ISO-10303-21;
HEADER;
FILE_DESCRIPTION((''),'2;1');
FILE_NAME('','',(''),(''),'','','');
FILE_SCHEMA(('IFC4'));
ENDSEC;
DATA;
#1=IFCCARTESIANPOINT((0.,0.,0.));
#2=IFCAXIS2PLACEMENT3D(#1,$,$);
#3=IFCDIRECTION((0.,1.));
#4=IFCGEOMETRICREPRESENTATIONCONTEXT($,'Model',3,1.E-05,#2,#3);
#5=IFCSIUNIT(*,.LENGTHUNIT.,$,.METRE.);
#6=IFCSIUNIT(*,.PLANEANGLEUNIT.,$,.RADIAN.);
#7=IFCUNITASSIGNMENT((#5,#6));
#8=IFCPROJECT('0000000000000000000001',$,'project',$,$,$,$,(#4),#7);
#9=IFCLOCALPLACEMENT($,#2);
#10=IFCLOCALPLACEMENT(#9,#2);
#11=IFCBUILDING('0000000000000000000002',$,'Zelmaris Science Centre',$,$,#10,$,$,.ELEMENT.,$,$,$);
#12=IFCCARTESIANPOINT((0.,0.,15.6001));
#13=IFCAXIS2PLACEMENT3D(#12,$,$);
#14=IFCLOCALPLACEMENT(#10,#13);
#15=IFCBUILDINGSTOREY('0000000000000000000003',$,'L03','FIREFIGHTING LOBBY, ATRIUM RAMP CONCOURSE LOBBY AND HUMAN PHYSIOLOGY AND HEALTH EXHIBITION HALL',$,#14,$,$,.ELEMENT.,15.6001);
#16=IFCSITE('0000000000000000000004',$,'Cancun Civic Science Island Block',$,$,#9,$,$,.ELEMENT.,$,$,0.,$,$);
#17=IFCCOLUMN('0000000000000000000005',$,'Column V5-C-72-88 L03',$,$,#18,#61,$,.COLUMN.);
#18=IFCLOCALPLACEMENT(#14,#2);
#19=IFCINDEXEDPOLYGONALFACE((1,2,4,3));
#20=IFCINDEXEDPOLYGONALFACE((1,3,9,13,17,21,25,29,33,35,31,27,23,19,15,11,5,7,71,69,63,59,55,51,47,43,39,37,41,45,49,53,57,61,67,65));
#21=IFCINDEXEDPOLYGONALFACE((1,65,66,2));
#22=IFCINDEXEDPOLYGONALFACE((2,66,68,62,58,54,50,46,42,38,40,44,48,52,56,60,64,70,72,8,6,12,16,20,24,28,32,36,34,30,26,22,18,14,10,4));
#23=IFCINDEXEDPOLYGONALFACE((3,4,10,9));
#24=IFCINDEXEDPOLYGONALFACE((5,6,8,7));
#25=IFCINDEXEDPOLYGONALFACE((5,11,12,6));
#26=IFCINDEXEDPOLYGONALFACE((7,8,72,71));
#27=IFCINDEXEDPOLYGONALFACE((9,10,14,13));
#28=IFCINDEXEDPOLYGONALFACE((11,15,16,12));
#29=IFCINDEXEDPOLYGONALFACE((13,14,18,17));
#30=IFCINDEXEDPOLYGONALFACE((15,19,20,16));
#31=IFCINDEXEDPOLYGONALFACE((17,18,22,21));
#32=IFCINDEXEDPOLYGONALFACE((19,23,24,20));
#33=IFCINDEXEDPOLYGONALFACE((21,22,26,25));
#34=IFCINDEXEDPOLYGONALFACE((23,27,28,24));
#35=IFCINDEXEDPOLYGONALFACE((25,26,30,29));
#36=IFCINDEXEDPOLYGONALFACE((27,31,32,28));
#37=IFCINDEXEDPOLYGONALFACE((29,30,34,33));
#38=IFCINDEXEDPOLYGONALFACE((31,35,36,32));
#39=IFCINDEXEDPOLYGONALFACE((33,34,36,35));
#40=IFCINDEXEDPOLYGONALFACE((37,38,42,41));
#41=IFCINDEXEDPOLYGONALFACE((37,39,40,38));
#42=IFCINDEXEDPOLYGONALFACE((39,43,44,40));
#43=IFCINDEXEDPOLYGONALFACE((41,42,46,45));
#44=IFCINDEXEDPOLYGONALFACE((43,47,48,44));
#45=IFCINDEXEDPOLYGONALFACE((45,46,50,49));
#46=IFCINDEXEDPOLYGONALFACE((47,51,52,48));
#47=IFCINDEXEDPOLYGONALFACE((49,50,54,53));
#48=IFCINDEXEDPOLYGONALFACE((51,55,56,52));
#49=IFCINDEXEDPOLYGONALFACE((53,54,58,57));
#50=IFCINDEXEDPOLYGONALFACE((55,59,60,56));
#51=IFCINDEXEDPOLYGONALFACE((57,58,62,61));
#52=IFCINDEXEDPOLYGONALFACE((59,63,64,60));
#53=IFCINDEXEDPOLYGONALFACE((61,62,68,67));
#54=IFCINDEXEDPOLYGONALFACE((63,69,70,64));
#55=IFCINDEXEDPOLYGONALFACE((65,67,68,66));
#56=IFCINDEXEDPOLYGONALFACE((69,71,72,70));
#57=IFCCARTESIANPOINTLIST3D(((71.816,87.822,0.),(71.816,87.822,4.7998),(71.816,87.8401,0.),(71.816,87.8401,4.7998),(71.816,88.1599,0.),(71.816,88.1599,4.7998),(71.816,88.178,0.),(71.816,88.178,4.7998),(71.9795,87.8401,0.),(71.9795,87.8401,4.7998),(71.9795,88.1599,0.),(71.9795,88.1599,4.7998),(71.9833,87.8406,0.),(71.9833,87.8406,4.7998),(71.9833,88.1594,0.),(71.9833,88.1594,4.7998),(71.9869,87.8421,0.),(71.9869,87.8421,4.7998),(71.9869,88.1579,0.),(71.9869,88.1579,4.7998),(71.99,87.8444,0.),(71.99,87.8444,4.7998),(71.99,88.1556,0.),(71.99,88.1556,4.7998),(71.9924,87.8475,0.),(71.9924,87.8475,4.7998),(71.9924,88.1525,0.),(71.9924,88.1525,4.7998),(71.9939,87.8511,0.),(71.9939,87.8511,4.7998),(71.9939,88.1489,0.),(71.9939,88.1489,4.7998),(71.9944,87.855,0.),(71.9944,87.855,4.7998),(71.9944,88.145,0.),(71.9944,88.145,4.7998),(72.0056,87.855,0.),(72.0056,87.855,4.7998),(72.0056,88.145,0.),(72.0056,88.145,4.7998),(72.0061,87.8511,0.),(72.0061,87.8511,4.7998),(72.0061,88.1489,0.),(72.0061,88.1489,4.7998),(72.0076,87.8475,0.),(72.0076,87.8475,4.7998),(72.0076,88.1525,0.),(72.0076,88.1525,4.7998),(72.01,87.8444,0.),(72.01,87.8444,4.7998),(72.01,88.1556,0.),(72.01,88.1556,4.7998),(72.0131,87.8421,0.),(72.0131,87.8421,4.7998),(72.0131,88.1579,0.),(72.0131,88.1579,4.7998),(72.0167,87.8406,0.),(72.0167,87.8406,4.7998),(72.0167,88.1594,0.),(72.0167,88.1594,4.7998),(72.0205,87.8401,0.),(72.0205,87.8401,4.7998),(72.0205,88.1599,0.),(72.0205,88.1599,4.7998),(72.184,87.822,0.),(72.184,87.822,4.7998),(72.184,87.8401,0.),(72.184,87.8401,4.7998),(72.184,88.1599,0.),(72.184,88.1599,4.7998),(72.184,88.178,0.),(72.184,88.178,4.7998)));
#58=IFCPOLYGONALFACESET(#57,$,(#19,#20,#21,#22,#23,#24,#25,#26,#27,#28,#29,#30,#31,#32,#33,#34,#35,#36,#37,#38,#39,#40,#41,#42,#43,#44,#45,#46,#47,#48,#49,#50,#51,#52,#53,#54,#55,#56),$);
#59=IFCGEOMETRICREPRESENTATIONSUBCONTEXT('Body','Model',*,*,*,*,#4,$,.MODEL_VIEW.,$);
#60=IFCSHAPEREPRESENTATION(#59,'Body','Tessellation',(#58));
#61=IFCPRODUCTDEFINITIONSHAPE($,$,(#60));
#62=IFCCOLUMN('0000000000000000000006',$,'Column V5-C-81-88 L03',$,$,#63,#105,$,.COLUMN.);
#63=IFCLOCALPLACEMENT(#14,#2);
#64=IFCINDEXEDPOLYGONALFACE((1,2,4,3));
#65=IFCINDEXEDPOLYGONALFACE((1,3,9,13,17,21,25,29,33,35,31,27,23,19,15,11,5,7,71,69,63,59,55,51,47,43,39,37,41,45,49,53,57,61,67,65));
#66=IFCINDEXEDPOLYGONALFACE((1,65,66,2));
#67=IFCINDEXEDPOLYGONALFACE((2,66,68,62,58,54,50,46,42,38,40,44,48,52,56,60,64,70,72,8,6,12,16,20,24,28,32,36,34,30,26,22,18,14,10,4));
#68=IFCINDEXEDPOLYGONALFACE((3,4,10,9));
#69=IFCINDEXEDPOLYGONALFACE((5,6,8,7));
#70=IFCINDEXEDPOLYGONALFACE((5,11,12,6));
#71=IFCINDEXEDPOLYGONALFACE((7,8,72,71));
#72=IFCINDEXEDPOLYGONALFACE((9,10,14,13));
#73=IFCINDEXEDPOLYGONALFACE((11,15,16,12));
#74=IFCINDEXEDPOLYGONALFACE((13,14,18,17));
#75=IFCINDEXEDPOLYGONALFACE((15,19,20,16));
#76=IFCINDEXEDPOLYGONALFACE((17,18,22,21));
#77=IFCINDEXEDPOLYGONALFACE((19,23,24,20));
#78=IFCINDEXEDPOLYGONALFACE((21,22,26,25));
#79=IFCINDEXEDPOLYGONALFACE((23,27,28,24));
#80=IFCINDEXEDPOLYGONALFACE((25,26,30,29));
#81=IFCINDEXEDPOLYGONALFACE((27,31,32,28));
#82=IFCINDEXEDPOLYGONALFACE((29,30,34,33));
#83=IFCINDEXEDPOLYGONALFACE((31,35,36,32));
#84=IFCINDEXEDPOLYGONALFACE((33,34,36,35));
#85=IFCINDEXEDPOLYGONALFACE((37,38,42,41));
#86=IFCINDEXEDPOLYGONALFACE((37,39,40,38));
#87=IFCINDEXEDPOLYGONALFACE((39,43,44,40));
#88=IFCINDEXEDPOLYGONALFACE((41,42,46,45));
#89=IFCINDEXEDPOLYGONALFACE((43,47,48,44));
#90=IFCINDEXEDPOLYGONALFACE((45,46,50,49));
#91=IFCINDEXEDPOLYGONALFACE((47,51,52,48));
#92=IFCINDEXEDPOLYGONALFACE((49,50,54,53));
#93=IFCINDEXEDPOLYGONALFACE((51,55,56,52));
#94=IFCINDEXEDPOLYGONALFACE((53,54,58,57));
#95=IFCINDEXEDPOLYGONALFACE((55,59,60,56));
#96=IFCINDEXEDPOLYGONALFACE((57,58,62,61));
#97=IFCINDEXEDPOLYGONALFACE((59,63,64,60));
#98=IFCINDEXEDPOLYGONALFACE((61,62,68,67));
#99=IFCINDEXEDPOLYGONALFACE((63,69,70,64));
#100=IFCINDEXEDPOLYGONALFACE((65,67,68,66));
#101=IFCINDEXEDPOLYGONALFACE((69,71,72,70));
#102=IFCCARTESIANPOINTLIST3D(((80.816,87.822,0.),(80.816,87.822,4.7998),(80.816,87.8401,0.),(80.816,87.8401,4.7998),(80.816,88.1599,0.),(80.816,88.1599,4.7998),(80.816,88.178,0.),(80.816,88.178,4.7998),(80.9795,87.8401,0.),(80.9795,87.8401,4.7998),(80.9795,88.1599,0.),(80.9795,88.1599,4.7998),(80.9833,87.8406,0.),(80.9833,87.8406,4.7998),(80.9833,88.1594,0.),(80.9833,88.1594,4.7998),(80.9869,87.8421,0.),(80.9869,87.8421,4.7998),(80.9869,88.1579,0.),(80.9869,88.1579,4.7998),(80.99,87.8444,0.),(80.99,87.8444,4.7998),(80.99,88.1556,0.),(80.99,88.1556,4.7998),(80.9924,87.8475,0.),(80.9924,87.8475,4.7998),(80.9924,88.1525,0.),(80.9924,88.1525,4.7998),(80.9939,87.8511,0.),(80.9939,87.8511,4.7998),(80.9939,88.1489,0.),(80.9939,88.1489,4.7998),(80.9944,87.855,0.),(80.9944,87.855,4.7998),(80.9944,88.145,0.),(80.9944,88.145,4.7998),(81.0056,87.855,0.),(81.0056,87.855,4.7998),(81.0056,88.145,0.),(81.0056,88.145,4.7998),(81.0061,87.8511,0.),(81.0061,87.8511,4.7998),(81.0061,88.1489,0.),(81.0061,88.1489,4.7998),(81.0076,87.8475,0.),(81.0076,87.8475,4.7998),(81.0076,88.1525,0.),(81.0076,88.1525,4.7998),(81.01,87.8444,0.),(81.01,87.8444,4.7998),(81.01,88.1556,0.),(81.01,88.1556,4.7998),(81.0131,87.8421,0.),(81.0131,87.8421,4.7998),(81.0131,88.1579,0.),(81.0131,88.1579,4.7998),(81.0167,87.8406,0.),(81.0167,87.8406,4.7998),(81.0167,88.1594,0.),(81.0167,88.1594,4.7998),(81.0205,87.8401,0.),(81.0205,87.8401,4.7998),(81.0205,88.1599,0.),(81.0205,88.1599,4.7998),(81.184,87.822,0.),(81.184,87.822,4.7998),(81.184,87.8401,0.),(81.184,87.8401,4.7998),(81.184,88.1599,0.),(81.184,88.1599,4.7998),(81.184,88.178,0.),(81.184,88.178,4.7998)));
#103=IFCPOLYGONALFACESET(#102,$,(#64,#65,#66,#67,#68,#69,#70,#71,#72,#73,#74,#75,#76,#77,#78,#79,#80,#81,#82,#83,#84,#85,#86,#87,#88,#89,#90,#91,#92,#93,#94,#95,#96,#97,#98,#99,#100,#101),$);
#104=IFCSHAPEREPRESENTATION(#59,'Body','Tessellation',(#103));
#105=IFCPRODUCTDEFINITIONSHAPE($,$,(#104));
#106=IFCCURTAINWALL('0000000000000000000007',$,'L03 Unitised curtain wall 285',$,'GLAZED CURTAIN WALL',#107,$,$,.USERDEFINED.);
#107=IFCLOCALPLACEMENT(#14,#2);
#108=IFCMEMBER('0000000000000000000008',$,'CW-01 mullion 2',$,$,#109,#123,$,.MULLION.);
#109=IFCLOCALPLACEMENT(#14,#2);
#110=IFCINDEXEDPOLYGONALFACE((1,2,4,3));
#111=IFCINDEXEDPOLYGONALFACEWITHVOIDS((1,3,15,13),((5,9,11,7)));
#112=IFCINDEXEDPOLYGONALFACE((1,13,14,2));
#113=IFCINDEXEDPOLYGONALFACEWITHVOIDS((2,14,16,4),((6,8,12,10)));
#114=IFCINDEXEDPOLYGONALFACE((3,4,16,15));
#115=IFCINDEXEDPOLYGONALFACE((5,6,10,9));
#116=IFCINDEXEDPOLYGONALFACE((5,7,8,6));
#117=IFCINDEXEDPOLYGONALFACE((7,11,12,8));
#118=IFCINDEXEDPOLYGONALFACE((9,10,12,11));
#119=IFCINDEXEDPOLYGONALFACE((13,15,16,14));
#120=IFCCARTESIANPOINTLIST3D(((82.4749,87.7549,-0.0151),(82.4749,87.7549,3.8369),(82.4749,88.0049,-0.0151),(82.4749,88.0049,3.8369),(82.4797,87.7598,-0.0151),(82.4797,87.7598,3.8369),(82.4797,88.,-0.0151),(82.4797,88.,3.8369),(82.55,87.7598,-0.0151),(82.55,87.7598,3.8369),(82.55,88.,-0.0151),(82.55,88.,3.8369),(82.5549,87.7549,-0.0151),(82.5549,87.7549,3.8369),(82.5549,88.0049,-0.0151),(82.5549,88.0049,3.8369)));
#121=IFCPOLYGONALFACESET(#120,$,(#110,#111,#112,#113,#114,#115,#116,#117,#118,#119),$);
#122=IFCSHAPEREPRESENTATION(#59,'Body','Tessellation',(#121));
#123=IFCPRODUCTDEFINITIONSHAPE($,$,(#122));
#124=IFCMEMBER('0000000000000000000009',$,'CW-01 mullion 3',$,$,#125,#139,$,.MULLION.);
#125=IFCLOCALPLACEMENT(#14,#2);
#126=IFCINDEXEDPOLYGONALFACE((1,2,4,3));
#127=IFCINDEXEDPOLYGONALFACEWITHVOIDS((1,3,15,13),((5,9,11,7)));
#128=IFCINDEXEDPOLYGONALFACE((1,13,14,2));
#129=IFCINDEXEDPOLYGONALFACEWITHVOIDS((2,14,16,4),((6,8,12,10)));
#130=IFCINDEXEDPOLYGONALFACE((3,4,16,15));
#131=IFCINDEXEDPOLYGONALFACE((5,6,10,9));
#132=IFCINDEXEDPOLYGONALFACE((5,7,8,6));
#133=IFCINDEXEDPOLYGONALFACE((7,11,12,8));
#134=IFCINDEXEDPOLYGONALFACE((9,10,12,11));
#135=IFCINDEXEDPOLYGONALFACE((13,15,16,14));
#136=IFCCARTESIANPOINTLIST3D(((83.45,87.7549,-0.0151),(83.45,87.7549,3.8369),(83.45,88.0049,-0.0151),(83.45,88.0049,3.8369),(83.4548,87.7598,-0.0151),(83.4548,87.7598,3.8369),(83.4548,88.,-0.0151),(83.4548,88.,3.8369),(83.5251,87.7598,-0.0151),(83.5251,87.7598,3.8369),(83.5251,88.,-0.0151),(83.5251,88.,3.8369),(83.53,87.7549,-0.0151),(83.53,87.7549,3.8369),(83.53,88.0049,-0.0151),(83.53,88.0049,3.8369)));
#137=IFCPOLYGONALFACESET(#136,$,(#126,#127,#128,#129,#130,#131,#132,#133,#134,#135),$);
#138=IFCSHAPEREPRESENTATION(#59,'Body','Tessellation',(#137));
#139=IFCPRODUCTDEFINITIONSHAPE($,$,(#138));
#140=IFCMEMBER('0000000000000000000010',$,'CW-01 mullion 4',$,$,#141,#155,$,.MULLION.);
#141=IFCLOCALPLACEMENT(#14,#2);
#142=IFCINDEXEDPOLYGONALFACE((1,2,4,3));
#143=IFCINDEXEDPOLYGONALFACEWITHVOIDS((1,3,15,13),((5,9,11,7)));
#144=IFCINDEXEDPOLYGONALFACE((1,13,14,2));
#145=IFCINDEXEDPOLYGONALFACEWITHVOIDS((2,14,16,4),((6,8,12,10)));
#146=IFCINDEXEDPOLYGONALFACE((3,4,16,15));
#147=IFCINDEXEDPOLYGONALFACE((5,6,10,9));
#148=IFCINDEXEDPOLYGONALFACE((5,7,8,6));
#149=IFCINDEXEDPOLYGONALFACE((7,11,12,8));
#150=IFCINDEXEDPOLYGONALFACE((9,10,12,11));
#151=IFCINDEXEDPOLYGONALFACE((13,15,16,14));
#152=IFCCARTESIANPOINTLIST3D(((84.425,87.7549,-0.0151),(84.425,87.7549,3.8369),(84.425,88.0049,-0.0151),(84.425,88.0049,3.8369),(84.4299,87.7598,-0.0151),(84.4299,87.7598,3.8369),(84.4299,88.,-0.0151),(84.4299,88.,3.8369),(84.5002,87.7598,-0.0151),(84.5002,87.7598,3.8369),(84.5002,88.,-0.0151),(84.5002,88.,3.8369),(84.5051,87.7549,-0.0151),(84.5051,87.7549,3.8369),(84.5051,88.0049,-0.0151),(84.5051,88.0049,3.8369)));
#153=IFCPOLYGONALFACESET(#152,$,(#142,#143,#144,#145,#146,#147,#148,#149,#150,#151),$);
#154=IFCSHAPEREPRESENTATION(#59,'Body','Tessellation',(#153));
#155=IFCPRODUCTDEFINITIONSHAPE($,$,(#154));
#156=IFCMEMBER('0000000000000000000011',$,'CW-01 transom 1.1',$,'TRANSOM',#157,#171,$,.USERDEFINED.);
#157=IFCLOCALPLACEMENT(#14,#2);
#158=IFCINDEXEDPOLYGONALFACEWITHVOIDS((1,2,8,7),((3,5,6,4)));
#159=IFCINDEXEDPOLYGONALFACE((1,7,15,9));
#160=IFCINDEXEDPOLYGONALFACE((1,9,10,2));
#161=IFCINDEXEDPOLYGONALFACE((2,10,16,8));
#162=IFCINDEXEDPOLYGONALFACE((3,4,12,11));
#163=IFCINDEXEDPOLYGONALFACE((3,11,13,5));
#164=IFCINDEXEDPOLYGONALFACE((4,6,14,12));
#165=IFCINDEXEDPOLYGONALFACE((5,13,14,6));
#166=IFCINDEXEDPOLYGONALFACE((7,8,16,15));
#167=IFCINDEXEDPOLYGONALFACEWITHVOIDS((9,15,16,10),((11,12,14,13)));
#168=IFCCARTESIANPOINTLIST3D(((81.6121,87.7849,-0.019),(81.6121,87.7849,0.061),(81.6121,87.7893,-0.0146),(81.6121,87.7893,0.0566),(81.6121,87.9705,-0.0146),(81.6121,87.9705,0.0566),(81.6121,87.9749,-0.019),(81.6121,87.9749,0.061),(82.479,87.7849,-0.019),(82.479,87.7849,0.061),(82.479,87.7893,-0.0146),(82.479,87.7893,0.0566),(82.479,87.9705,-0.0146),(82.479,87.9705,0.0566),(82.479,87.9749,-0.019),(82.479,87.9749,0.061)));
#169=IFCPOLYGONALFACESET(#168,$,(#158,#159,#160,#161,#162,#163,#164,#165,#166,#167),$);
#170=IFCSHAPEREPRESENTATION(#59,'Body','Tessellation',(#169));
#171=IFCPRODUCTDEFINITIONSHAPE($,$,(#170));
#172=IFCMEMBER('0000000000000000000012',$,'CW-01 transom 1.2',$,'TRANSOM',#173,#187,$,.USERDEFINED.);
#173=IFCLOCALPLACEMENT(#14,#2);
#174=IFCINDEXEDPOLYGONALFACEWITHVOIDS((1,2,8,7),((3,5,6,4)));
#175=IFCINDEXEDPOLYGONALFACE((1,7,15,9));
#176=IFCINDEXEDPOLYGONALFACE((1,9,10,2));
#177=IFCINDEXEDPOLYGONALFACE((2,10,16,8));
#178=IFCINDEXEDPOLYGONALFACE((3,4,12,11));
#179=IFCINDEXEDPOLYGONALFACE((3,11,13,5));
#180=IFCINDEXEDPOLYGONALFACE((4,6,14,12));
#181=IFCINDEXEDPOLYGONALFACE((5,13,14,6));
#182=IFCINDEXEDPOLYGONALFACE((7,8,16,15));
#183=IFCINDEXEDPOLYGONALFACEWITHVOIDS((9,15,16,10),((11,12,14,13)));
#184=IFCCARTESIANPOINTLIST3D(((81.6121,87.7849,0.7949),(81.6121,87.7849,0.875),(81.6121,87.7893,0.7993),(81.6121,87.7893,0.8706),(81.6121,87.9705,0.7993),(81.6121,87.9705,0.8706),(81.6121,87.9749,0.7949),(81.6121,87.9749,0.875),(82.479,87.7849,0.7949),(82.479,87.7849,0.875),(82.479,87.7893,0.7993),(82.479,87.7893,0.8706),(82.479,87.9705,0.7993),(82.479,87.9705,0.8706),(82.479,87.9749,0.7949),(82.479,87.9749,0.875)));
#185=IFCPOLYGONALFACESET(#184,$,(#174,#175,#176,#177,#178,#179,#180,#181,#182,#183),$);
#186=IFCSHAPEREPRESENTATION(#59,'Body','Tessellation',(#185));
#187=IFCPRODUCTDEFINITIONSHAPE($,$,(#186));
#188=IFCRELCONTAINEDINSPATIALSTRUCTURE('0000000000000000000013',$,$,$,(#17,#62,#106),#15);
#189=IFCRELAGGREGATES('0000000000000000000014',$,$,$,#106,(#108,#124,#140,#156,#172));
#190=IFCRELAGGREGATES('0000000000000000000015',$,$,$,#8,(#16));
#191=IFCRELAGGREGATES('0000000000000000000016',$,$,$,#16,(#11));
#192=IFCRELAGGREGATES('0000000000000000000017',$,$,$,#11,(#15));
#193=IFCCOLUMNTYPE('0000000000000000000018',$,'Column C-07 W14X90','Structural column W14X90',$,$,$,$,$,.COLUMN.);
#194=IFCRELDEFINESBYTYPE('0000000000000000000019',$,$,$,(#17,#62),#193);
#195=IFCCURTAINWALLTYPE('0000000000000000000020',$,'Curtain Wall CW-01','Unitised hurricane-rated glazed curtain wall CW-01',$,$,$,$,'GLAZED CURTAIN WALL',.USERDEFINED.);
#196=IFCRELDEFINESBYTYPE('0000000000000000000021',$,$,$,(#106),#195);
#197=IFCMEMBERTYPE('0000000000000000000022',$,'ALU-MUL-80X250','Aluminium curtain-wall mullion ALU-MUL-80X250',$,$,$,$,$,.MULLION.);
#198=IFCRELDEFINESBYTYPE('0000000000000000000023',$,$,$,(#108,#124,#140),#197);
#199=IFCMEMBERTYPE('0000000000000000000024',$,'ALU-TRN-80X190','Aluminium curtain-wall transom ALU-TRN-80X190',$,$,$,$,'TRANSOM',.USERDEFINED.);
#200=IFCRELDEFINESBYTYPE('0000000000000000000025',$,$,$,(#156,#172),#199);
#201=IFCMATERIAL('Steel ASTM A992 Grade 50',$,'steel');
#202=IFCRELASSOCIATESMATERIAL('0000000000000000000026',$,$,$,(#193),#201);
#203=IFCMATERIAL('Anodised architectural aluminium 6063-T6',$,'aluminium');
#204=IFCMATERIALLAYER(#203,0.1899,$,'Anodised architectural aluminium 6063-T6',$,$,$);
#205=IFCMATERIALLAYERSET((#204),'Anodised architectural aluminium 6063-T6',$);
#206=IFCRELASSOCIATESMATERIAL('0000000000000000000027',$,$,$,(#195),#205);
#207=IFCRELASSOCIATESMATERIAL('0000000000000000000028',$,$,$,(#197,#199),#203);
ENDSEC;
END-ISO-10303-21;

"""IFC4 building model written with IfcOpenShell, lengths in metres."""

from ifc_helpers import new_model, si_unit, direction, frame, origin, origin_2d, place, context, subcontext, project, spatial, hollow_rectangle, i_section, extrude, material, layer, layer_set, material_profile, profile_set, type_object, element, aggregate, save


model = new_model("IFC4")

# Units and contexts
model_context = context("Model", 3, precision=1e-05, world=origin(), true_north=direction((0.0, 1.0)))
body_context = subcontext(model_context, "Body", "Model", "MODEL_VIEW")
ifc_project = project(units=[si_unit("LENGTHUNIT", "METRE"), si_unit("PLANEANGLEUNIT", "RADIAN")], contexts=[model_context])

# Site, building, storey
site_placement = place(None, origin())
site = spatial("IfcSite", under=ifc_project, at=site_placement, Name="Cancun Civic Science Island Block", CompositionType="ELEMENT", RefElevation=0.0)
building_placement = place(site_placement, origin())
building = spatial("IfcBuilding", under=site, at=building_placement, Name="Zelmaris Science Centre", CompositionType="ELEMENT")
storey_placement = place(building_placement, frame((0.0, 0.0, 15.6001)))
storey = spatial("IfcBuildingStorey", under=building, at=storey_placement, Name="L03", Description="FIREFIGHTING LOBBY, ATRIUM RAMP CONCOURSE LOBBY AND HUMAN PHYSIOLOGY AND HEALTH EXHIBITION HALL", CompositionType="ELEMENT", Elevation=15.6001)

# Columns
ifc_material_1 = material(Name="Steel ASTM A992 Grade 50", Category="steel")
ifc_material_profile_1 = material_profile(ifc_material_1, i_section(OverallWidth=0.3679, OverallDepth=0.356, WebThickness=0.0112, FlangeThickness=0.0181, FilletRadius=0.0149, at=origin_2d()), Name="W14X90")
ifc_profile_set_1 = profile_set([ifc_material_profile_1], Name="Steel ASTM A992 Grade 50")
column_type = type_object("IfcColumnType", Name="Column C-07 W14X90", Description="Structural column W14X90", PredefinedType="COLUMN", material=ifc_profile_set_1)
for number, where, z_axis, x_axis, name in (
    (1, (72.0, 88.0, 0.0), (0.0, 0.0, 1.0), (1.0, 0.0, 0.0), "Column V5-C-72-88 L03"),
    (2, (81.0, 88.0, 0.0), (0.0, 0.0, 1.0), (1.0, 0.0, 0.0), "Column V5-C-81-88 L03"),
):
    element("IfcColumn", number, at=place(storey_placement, frame(where, z_axis=z_axis, x_axis=x_axis)), inside=storey, type_object=column_type, Name=name, PredefinedType="COLUMN", context=body_context, shape_type="SweptSolid", body=[
        extrude(i_section(OverallWidth=0.3679, OverallDepth=0.356, WebThickness=0.0112, FlangeThickness=0.0181, FilletRadius=0.0149, at=origin_2d()), origin(), (0.0, 0.0, 1.0), 4.7998),
    ])

# Curtain wall, members
ifc_material_2 = material(Name="Anodised architectural aluminium 6063-T6", Category="aluminium")
ifc_layer_1 = layer(ifc_material_2, 0.1899, Name="Anodised architectural aluminium 6063-T6")
ifc_layer_set_1 = layer_set([ifc_layer_1], Name="Anodised architectural aluminium 6063-T6")
curtain_wall_type = type_object("IfcCurtainWallType", Name="Curtain Wall CW-01", Description="Unitised hurricane-rated glazed curtain wall CW-01", ElementType="GLAZED CURTAIN WALL", PredefinedType="USERDEFINED", material=ifc_layer_set_1)
curtain_wall_placement = place(storey_placement, origin())
curtain_wall = element("IfcCurtainWall", 3, at=curtain_wall_placement, inside=storey, type_object=curtain_wall_type, Name="L03 Unitised curtain wall 285", ObjectType="GLAZED CURTAIN WALL", PredefinedType="USERDEFINED")
ifc_material_profile_2 = material_profile(ifc_material_2, hollow_rectangle(XDim=0.0801, YDim=0.25, WallThickness=0.0049, at=origin_2d()), Name="ALU-MUL-80X250")
ifc_profile_set_2 = profile_set([ifc_material_profile_2], Name="Anodised architectural aluminium 6063-T6")
member_type_1 = type_object("IfcMemberType", Name="ALU-MUL-80X250", Description="Aluminium curtain-wall mullion ALU-MUL-80X250", PredefinedType="MULLION", material=ifc_profile_set_2)
member_1_placement = place(storey_placement, frame((82.5149, 87.8799, -0.0151), z_axis=(0.0, 0.0, 1.0), x_axis=(1.0, 0.0, 0.0)))
member_1 = element("IfcMember", 4, at=member_1_placement, type_object=member_type_1, Name="CW-01 mullion 2", PredefinedType="MULLION", context=body_context, shape_type="SweptSolid", body=[
    extrude(hollow_rectangle(XDim=0.0801, YDim=0.25, WallThickness=0.0049, at=origin_2d()), origin(), (0.0, 0.0, 1.0), 3.8521),
])
member_2_placement = place(storey_placement, frame((83.49, 87.8799, -0.0151), z_axis=(0.0, 0.0, 1.0), x_axis=(1.0, 0.0, 0.0)))
member_2 = element("IfcMember", 5, at=member_2_placement, type_object=member_type_1, Name="CW-01 mullion 3", PredefinedType="MULLION", context=body_context, shape_type="SweptSolid", body=[
    extrude(hollow_rectangle(XDim=0.0801, YDim=0.25, WallThickness=0.0049, at=origin_2d()), origin(), (0.0, 0.0, 1.0), 3.8521),
])
member_3_placement = place(storey_placement, frame((84.4651, 87.8799, -0.0151), z_axis=(0.0, 0.0, 1.0), x_axis=(1.0, 0.0, 0.0)))
member_3 = element("IfcMember", 6, at=member_3_placement, type_object=member_type_1, Name="CW-01 mullion 4", PredefinedType="MULLION", context=body_context, shape_type="SweptSolid", body=[
    extrude(hollow_rectangle(XDim=0.0801, YDim=0.25, WallThickness=0.0049, at=origin_2d()), origin(), (0.0, 0.0, 1.0), 3.8521),
])
ifc_material_profile_3 = material_profile(ifc_material_2, hollow_rectangle(XDim=0.0801, YDim=0.1899, WallThickness=0.0044, at=origin_2d()), Name="ALU-TRN-80X190")
ifc_profile_set_3 = profile_set([ifc_material_profile_3], Name="Anodised architectural aluminium 6063-T6")
member_type_2 = type_object("IfcMemberType", Name="ALU-TRN-80X190", Description="Aluminium curtain-wall transom ALU-TRN-80X190", ElementType="TRANSOM", PredefinedType="USERDEFINED", material=ifc_profile_set_3)
member_4_placement = place(storey_placement, frame((81.6121, 87.8799, 0.021), z_axis=(1.0, 0.0, 0.0), x_axis=(0.0, 0.0, 1.0)))
member_4 = element("IfcMember", 7, at=member_4_placement, type_object=member_type_2, Name="CW-01 transom 1.1", ObjectType="TRANSOM", PredefinedType="USERDEFINED", context=body_context, shape_type="SweptSolid", body=[
    extrude(hollow_rectangle(XDim=0.0801, YDim=0.1899, WallThickness=0.0044, at=origin_2d()), origin(), (0.0, 0.0, 1.0), 0.8669),
])
member_5_placement = place(storey_placement, frame((81.6121, 87.8799, 0.835), z_axis=(1.0, 0.0, 0.0), x_axis=(0.0, 0.0, 1.0)))
member_5 = element("IfcMember", 8, at=member_5_placement, type_object=member_type_2, Name="CW-01 transom 1.2", ObjectType="TRANSOM", PredefinedType="USERDEFINED", context=body_context, shape_type="SweptSolid", body=[
    extrude(hollow_rectangle(XDim=0.0801, YDim=0.1899, WallThickness=0.0044, at=origin_2d()), origin(), (0.0, 0.0, 1.0), 0.8669),
])

aggregate(curtain_wall, [member_1, member_2, member_3, member_4, member_5])

save(model, "model.ifc")
